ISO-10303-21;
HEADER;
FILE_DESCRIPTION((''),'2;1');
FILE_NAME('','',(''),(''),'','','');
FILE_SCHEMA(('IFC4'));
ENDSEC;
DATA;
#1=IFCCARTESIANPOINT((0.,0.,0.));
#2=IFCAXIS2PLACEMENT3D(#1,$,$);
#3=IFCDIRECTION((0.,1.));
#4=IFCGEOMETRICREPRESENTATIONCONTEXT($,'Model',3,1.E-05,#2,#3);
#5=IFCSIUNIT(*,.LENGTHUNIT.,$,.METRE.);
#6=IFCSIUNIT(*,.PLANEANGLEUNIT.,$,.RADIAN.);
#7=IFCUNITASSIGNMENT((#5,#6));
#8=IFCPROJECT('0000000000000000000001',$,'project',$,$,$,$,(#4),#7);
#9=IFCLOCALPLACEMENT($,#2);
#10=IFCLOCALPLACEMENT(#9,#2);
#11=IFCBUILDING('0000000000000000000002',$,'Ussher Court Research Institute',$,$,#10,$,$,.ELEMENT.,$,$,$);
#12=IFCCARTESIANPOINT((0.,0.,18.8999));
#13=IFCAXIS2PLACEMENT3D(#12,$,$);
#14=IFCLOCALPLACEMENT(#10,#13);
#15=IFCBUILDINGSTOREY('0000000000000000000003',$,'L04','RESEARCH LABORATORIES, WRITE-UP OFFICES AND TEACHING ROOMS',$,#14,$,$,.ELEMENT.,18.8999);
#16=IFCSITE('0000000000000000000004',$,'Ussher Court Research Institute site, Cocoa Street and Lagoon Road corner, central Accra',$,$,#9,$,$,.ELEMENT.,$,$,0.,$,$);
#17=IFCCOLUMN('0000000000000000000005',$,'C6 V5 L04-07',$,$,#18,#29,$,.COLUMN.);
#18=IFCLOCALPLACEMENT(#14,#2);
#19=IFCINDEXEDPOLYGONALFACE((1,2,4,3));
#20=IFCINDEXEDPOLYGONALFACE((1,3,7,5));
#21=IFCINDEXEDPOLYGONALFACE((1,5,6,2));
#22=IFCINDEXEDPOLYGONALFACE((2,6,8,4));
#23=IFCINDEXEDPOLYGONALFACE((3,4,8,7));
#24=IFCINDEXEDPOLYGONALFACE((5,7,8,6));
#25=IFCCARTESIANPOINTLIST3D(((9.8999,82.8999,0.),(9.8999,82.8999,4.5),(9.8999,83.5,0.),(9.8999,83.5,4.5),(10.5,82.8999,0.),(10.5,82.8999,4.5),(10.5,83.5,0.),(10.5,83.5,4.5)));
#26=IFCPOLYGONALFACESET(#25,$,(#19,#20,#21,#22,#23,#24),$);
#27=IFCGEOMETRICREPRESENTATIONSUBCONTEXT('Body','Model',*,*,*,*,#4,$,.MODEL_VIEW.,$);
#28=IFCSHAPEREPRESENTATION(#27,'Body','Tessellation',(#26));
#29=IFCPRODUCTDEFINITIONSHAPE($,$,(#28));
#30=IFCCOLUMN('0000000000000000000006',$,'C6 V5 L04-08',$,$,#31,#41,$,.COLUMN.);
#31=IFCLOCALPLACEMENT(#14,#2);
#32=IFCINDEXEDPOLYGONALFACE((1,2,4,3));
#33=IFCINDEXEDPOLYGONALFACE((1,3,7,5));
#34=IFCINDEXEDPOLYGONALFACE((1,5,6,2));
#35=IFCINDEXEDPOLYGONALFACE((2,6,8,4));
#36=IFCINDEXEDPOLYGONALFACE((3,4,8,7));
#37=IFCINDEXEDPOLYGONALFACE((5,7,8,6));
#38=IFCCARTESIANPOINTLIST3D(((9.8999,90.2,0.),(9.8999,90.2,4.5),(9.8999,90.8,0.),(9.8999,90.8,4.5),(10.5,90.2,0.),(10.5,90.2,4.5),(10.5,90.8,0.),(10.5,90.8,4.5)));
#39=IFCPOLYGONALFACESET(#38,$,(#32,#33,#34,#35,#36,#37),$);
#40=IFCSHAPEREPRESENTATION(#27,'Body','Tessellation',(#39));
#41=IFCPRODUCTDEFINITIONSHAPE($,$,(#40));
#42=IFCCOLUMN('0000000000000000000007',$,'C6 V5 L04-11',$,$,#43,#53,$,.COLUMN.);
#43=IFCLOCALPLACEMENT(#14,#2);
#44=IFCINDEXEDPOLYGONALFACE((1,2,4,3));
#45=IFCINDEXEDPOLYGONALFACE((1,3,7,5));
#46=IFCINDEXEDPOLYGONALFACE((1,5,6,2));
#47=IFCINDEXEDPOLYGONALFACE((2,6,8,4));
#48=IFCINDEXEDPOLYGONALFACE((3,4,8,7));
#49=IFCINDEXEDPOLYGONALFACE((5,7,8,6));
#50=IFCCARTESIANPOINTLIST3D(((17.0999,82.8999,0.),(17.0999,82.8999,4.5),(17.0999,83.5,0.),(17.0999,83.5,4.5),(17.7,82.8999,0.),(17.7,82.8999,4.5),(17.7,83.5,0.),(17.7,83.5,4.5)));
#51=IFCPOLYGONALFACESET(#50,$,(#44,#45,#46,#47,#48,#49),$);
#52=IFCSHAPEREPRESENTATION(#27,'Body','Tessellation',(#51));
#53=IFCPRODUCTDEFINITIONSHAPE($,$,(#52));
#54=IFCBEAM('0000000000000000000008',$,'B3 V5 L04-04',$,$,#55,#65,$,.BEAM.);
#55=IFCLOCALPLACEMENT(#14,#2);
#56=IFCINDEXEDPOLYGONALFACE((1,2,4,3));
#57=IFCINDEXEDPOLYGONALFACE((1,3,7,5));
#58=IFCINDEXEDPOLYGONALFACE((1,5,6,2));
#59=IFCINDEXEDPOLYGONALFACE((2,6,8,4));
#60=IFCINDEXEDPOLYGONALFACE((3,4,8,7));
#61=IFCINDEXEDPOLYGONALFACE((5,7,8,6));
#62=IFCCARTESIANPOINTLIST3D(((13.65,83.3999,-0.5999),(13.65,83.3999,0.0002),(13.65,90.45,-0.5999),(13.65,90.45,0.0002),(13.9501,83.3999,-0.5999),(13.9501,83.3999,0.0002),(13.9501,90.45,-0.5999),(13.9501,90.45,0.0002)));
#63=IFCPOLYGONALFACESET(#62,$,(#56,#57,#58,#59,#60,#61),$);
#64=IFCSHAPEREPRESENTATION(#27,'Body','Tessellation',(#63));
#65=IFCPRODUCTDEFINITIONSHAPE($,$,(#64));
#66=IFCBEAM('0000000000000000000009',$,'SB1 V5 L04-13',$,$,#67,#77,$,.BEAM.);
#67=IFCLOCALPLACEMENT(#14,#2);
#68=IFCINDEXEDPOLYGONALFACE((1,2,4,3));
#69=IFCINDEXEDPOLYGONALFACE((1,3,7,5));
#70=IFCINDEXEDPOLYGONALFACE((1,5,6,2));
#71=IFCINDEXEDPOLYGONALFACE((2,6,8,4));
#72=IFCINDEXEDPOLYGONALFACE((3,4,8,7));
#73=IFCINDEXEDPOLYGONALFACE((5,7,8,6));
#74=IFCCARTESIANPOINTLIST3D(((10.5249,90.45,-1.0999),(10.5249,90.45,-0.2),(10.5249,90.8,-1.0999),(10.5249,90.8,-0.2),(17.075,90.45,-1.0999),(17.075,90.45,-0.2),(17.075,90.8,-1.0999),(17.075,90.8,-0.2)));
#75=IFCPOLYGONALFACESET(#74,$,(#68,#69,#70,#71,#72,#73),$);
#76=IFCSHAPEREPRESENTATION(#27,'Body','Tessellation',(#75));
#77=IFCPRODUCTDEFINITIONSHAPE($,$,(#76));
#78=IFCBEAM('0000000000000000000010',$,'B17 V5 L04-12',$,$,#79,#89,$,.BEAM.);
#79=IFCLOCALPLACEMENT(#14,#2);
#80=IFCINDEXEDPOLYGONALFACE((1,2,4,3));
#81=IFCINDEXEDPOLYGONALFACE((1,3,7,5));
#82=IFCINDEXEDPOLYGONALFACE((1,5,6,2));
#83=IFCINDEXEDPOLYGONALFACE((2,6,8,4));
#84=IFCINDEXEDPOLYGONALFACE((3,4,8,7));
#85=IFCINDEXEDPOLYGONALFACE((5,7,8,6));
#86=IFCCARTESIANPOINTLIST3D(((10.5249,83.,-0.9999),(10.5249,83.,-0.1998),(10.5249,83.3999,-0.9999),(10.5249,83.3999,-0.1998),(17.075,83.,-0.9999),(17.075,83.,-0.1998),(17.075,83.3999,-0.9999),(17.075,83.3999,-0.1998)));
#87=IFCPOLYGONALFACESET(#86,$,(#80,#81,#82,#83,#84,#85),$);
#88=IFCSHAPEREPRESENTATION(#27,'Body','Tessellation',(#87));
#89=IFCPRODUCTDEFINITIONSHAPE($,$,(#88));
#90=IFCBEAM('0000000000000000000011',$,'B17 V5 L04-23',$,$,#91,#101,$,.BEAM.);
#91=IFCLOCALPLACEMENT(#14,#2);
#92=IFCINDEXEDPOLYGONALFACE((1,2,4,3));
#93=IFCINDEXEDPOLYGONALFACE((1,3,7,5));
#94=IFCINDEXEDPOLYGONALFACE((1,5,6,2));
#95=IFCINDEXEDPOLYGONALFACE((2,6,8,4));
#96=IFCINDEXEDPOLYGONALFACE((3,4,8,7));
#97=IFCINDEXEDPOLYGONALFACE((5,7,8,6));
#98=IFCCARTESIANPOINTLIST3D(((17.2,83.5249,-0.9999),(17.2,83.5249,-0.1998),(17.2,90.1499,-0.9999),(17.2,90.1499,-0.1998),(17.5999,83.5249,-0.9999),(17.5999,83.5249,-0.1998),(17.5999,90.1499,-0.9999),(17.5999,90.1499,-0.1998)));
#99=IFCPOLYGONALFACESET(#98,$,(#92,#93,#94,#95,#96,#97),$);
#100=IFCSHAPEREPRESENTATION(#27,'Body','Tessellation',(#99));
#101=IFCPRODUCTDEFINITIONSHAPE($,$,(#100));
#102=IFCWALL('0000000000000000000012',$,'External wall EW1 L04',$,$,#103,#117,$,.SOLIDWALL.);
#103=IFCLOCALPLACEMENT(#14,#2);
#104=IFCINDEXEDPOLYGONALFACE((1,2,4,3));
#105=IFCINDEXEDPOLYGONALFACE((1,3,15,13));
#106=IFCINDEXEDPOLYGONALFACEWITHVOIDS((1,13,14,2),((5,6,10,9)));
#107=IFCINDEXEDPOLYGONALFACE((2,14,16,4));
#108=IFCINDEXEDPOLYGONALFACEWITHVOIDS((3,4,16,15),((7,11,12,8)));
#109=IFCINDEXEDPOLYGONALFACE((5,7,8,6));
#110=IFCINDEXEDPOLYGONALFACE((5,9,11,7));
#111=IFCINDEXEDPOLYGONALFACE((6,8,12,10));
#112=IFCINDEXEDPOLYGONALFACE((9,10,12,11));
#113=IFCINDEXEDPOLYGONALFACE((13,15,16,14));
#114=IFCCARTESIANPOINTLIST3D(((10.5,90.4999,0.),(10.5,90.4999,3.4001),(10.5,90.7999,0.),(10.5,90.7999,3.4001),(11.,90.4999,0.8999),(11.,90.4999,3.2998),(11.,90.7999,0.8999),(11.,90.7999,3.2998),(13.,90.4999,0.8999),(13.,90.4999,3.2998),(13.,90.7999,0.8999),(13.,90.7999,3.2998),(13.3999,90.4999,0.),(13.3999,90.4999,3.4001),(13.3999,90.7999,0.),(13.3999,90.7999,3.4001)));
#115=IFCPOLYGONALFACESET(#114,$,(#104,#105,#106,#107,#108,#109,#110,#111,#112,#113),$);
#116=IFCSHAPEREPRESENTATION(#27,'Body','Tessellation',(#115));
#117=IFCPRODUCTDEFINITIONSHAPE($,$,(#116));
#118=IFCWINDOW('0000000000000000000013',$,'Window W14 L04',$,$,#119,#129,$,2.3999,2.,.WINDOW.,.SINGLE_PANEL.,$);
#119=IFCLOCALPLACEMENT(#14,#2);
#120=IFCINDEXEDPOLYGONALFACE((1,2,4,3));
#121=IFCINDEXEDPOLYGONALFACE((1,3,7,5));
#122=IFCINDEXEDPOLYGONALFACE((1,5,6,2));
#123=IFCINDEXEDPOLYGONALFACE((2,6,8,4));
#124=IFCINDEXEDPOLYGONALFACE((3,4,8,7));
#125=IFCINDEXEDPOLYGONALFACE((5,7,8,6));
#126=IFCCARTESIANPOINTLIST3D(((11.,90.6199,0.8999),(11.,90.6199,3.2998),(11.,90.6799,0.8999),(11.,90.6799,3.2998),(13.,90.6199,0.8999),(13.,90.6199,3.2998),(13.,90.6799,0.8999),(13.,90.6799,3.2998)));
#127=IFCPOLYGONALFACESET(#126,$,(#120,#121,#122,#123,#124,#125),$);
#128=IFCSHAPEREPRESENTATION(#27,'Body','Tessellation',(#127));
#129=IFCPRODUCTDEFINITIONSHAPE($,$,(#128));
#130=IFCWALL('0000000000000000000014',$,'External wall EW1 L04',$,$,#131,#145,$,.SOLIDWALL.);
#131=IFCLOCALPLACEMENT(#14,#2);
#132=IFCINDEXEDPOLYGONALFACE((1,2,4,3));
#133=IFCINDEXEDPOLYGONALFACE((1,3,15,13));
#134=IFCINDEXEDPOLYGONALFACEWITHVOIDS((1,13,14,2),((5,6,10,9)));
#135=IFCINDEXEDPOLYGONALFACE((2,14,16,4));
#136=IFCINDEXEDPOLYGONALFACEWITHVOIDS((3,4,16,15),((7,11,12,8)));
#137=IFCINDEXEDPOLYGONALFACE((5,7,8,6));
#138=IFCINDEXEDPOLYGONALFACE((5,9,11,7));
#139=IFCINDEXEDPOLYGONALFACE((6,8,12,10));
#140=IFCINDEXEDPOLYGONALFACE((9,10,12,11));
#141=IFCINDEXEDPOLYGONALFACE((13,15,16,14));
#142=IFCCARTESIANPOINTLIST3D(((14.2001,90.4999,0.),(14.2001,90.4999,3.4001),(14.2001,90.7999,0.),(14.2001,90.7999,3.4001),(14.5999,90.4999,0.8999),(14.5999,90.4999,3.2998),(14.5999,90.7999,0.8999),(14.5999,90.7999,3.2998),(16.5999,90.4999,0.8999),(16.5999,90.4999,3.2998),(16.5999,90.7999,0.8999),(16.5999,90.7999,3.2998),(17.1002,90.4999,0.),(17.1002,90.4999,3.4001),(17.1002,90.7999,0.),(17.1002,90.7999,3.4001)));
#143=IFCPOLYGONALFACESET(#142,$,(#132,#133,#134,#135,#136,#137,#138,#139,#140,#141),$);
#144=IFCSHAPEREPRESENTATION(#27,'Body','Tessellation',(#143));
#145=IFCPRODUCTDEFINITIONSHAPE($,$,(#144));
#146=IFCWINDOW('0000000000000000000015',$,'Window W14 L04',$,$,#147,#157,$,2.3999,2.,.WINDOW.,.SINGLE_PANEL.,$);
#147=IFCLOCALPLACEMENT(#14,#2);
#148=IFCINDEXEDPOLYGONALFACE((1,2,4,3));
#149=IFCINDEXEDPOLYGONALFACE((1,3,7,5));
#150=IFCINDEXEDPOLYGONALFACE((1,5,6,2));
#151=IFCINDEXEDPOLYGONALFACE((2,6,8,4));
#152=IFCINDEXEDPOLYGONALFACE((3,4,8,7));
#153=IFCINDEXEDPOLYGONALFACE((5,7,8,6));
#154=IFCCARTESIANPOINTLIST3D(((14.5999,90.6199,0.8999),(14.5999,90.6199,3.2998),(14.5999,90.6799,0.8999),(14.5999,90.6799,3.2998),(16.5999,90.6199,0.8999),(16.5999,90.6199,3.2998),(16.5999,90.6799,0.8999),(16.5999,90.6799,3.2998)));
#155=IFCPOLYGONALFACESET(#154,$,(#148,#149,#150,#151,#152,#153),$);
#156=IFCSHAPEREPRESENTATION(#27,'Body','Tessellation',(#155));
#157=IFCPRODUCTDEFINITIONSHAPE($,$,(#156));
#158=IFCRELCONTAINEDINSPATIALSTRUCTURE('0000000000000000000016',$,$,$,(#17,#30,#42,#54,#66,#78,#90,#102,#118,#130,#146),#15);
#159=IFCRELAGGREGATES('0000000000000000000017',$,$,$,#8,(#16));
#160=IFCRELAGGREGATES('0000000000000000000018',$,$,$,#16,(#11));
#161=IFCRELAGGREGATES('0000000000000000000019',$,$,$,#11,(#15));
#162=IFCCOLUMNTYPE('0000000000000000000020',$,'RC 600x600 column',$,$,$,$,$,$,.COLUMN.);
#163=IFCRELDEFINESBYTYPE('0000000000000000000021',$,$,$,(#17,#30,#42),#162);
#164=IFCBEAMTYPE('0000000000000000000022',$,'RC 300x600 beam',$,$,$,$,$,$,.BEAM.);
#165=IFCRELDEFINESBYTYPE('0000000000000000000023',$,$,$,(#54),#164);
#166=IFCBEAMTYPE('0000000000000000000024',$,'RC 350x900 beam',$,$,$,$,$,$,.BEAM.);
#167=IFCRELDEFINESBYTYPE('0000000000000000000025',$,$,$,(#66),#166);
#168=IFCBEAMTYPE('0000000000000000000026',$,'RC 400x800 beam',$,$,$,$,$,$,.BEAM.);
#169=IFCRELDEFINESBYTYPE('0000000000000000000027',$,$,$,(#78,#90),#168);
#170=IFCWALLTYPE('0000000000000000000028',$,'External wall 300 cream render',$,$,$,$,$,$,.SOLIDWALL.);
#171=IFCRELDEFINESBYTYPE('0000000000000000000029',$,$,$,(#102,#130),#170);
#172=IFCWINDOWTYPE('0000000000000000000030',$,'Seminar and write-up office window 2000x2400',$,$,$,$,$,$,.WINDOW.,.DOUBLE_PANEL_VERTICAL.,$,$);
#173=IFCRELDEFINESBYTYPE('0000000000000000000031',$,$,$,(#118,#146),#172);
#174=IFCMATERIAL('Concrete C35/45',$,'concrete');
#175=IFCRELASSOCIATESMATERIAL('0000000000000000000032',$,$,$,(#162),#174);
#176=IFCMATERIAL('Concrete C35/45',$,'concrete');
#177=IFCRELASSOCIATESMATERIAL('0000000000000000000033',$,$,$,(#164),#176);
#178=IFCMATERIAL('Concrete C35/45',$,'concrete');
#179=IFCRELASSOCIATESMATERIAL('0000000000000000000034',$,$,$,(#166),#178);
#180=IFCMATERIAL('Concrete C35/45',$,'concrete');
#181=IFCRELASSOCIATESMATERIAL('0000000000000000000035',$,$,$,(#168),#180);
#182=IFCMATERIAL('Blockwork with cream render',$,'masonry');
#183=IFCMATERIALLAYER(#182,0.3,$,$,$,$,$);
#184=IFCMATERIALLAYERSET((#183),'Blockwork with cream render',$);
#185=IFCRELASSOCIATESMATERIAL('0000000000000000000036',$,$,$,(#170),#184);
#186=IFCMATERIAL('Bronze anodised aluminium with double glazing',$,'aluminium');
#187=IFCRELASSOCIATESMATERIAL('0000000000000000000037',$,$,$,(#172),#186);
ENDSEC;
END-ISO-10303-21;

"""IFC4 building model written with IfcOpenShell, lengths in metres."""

from ifc_helpers import new_model, si_unit, direction, frame, frame_2d, origin, origin_2d, place, context, subcontext, project, spatial, rectangle, extrude, material, layer, layer_set, material_profile, profile_set, type_object, element, fill, save


model = new_model("IFC4")

# Units and contexts
model_context = context("Model", 3, precision=1e-05, world=origin(), true_north=direction((0.0, 1.0)))
body_context = subcontext(model_context, "Body", "Model", "MODEL_VIEW")
ifc_project = project(units=[si_unit("LENGTHUNIT", "METRE"), si_unit("PLANEANGLEUNIT", "RADIAN")], contexts=[model_context])

# Site, building, storey
site_placement = place(None, origin())
site = spatial("IfcSite", under=ifc_project, at=site_placement, Name="Ussher Court Research Institute site, Cocoa Street and Lagoon Road corner, central Accra", CompositionType="ELEMENT", RefElevation=0.0)
building_placement = place(site_placement, origin())
building = spatial("IfcBuilding", under=site, at=building_placement, Name="Ussher Court Research Institute", CompositionType="ELEMENT")
storey_placement = place(building_placement, frame((0.0, 0.0, 18.8999)))
storey = spatial("IfcBuildingStorey", under=building, at=storey_placement, Name="L04", Description="RESEARCH LABORATORIES, WRITE-UP OFFICES AND TEACHING ROOMS", CompositionType="ELEMENT", Elevation=18.8999)

# Columns
ifc_material_1 = material(Name="Concrete C35/45", Category="concrete")
ifc_material_profile_1 = material_profile(ifc_material_1, rectangle(XDim=0.6001, YDim=0.6001, at=origin_2d()), Name="RC 600x600")
ifc_profile_set_1 = profile_set([ifc_material_profile_1], Name="Concrete C35/45")
column_type = type_object("IfcColumnType", Name="RC 600x600 column", PredefinedType="COLUMN", material=ifc_profile_set_1)
for number, where, z_axis, x_axis, name in (
    (1, (10.2, 83.2, 0.0), (0.0, 0.0, 1.0), (1.0, 0.0, 0.0), "C6 V5 L04-07"),
    (2, (10.2, 90.5, 0.0), (0.0, 0.0, 1.0), (1.0, 0.0, 0.0), "C6 V5 L04-08"),
    (3, (17.3999, 83.2, 0.0), (0.0, 0.0, 1.0), (1.0, 0.0, 0.0), "C6 V5 L04-11"),
):
    element("IfcColumn", number, at=place(storey_placement, frame(where, z_axis=z_axis, x_axis=x_axis)), inside=storey, type_object=column_type, Name=name, PredefinedType="COLUMN", context=body_context, shape_type="SweptSolid", body=[
        extrude(rectangle(XDim=0.6001, YDim=0.6001, at=origin_2d()), origin(), (0.0, 0.0, 1.0), 4.5),
    ])

# Beams
ifc_material_2 = material(Name="Concrete C35/45", Category="concrete")
ifc_material_profile_2 = material_profile(ifc_material_2, rectangle(XDim=0.3, YDim=0.6001, at=origin_2d()), Name="RC 300x600")
ifc_profile_set_2 = profile_set([ifc_material_profile_2], Name="Concrete C35/45")
beam_type_1 = type_object("IfcBeamType", Name="RC 300x600 beam", PredefinedType="BEAM", material=ifc_profile_set_2)
beam_1_placement = place(storey_placement, frame((13.8, 83.3999, -0.2998), z_axis=(0.0, 1.0, 0.0), x_axis=(-1.0, 0.0, 0.0)))
element("IfcBeam", 4, at=beam_1_placement, inside=storey, type_object=beam_type_1, Name="B3 V5 L04-04", PredefinedType="BEAM", context=body_context, shape_type="SweptSolid", body=[
    extrude(rectangle(XDim=0.3, YDim=0.6001, at=origin_2d()), origin(), (0.0, 0.0, 1.0), 7.05),
])
ifc_material_3 = material(Name="Concrete C35/45", Category="concrete")
ifc_material_profile_3 = material_profile(ifc_material_3, rectangle(XDim=0.3501, YDim=0.8999, at=origin_2d()), Name="RC 350x900")
ifc_profile_set_3 = profile_set([ifc_material_profile_3], Name="Concrete C35/45")
beam_type_2 = type_object("IfcBeamType", Name="RC 350x900 beam", PredefinedType="BEAM", material=ifc_profile_set_3)
beam_2_placement = place(storey_placement, frame((10.5249, 90.625, -0.6499), z_axis=(1.0, 0.0, 0.0), x_axis=(0.0, 1.0, 0.0)))
element("IfcBeam", 5, at=beam_2_placement, inside=storey, type_object=beam_type_2, Name="SB1 V5 L04-13", PredefinedType="BEAM", context=body_context, shape_type="SweptSolid", body=[
    extrude(rectangle(XDim=0.3501, YDim=0.8999, at=origin_2d()), origin(), (0.0, 0.0, 1.0), 6.55),
])
ifc_material_4 = material(Name="Concrete C35/45", Category="concrete")
ifc_material_profile_4 = material_profile(ifc_material_4, rectangle(XDim=0.3999, YDim=0.8, at=origin_2d()), Name="RC 400x800")
ifc_profile_set_4 = profile_set([ifc_material_profile_4], Name="Concrete C35/45")
beam_type_3 = type_object("IfcBeamType", Name="RC 400x800 beam", PredefinedType="BEAM", material=ifc_profile_set_4)
beam_3_placement = place(storey_placement, frame((10.5249, 83.2, -0.5999), z_axis=(1.0, 0.0, 0.0), x_axis=(0.0, 1.0, 0.0)))
element("IfcBeam", 6, at=beam_3_placement, inside=storey, type_object=beam_type_3, Name="B17 V5 L04-12", PredefinedType="BEAM", context=body_context, shape_type="SweptSolid", body=[
    extrude(rectangle(XDim=0.3999, YDim=0.8, at=origin_2d()), origin(), (0.0, 0.0, 1.0), 6.55),
])
beam_4_placement = place(storey_placement, frame((17.3999, 83.5249, -0.5999), z_axis=(0.0, 1.0, 0.0), x_axis=(-1.0, 0.0, 0.0)))
element("IfcBeam", 7, at=beam_4_placement, inside=storey, type_object=beam_type_3, Name="B17 V5 L04-23", PredefinedType="BEAM", context=body_context, shape_type="SweptSolid", body=[
    extrude(rectangle(XDim=0.3999, YDim=0.8, at=origin_2d()), origin(), (0.0, 0.0, 1.0), 6.625),
])

# Walls, openings, windows
ifc_material_5 = material(Name="Blockwork with cream render", Category="masonry")
ifc_layer_1 = layer(ifc_material_5, 0.3)
ifc_layer_set_1 = layer_set([ifc_layer_1], Name="Blockwork with cream render")
wall_type_1 = type_object("IfcWallType", Name="External wall 300 cream render", PredefinedType="SOLIDWALL", material=ifc_layer_set_1)
wall_1_placement = place(storey_placement, frame((10.5, 90.6499, 0.0), z_axis=(0.0, 0.0, 1.0), x_axis=(1.0, 0.0, 0.0)))
wall_1 = element("IfcWall", 8, at=wall_1_placement, inside=storey, type_object=wall_type_1, Name="External wall EW1 L04", PredefinedType="SOLIDWALL", context=body_context, shape_type="SweptSolid", body=[
    extrude(rectangle(XDim=2.8999, YDim=0.3, at=frame_2d((1.45, 0.0))), origin(), (0.0, 0.0, 1.0), 3.4001),
])
opening_1_placement = place(wall_1_placement, frame((0.5, 0.0, 0.8999)))
opening_1 = element("IfcOpeningElement", 9, at=opening_1_placement, cuts=wall_1, PredefinedType="OPENING", context=body_context, shape_type="SweptSolid", body=[
    extrude(rectangle(XDim=2.0, YDim=2.3999, at=frame_2d((1.0, 1.2))), frame((0.0, 0.1602, 0.0), z_axis=(0.0, -1.0, 0.0), x_axis=(1.0, 0.0, 0.0)), (0.0, 0.0, 1.0), 0.3201),
])
ifc_material_6 = material(Name="Bronze anodised aluminium with double glazing", Category="aluminium")
window_type = type_object("IfcWindowType", Name="Seminar and write-up office window 2000x2400", PartitioningType="DOUBLE_PANEL_VERTICAL", PredefinedType="WINDOW", material=ifc_material_6)
window_1_placement = place(opening_1_placement, origin())
window_1 = element("IfcWindow", 10, at=window_1_placement, inside=storey, type_object=window_type, Name="Window W14 L04", OverallHeight=2.3999, OverallWidth=2.0, PartitioningType="SINGLE_PANEL", PredefinedType="WINDOW", context=body_context, shape_type="SweptSolid", body=[
    extrude(rectangle(XDim=2.0, YDim=2.3999, at=frame_2d((1.0, 1.2))), frame((0.0, 0.03, 0.0), z_axis=(0.0, -1.0, 0.0), x_axis=(1.0, 0.0, 0.0)), (0.0, 0.0, 1.0), 0.0601),
])
fill(opening_1, window_1)
wall_2_placement = place(storey_placement, frame((14.2, 90.6499, 0.0), z_axis=(0.0, 0.0, 1.0), x_axis=(1.0, 0.0, 0.0)))
wall_2 = element("IfcWall", 11, at=wall_2_placement, inside=storey, type_object=wall_type_1, Name="External wall EW1 L04", PredefinedType="SOLIDWALL", context=body_context, shape_type="SweptSolid", body=[
    extrude(rectangle(XDim=2.9001, YDim=0.3, at=frame_2d((1.4502, 0.0))), origin(), (0.0, 0.0, 1.0), 3.4001),
])
opening_2_placement = place(wall_2_placement, frame((0.3999, 0.0, 0.8999)))
opening_2 = element("IfcOpeningElement", 12, at=opening_2_placement, cuts=wall_2, PredefinedType="OPENING", context=body_context, shape_type="SweptSolid", body=[
    extrude(rectangle(XDim=2.0, YDim=2.3999, at=frame_2d((1.0, 1.2))), frame((0.0, 0.1602, 0.0), z_axis=(0.0, -1.0, 0.0), x_axis=(1.0, 0.0, 0.0)), (0.0, 0.0, 1.0), 0.3201),
])
window_2_placement = place(opening_2_placement, origin())
window_2 = element("IfcWindow", 13, at=window_2_placement, inside=storey, type_object=window_type, Name="Window W14 L04", OverallHeight=2.3999, OverallWidth=2.0, PartitioningType="SINGLE_PANEL", PredefinedType="WINDOW", context=body_context, shape_type="SweptSolid", body=[
    extrude(rectangle(XDim=2.0, YDim=2.3999, at=frame_2d((1.0, 1.2))), frame((0.0, 0.03, 0.0), z_axis=(0.0, -1.0, 0.0), x_axis=(1.0, 0.0, 0.0)), (0.0, 0.0, 1.0), 0.0601),
])
fill(opening_2, window_2)

save(model, "model.ifc")
